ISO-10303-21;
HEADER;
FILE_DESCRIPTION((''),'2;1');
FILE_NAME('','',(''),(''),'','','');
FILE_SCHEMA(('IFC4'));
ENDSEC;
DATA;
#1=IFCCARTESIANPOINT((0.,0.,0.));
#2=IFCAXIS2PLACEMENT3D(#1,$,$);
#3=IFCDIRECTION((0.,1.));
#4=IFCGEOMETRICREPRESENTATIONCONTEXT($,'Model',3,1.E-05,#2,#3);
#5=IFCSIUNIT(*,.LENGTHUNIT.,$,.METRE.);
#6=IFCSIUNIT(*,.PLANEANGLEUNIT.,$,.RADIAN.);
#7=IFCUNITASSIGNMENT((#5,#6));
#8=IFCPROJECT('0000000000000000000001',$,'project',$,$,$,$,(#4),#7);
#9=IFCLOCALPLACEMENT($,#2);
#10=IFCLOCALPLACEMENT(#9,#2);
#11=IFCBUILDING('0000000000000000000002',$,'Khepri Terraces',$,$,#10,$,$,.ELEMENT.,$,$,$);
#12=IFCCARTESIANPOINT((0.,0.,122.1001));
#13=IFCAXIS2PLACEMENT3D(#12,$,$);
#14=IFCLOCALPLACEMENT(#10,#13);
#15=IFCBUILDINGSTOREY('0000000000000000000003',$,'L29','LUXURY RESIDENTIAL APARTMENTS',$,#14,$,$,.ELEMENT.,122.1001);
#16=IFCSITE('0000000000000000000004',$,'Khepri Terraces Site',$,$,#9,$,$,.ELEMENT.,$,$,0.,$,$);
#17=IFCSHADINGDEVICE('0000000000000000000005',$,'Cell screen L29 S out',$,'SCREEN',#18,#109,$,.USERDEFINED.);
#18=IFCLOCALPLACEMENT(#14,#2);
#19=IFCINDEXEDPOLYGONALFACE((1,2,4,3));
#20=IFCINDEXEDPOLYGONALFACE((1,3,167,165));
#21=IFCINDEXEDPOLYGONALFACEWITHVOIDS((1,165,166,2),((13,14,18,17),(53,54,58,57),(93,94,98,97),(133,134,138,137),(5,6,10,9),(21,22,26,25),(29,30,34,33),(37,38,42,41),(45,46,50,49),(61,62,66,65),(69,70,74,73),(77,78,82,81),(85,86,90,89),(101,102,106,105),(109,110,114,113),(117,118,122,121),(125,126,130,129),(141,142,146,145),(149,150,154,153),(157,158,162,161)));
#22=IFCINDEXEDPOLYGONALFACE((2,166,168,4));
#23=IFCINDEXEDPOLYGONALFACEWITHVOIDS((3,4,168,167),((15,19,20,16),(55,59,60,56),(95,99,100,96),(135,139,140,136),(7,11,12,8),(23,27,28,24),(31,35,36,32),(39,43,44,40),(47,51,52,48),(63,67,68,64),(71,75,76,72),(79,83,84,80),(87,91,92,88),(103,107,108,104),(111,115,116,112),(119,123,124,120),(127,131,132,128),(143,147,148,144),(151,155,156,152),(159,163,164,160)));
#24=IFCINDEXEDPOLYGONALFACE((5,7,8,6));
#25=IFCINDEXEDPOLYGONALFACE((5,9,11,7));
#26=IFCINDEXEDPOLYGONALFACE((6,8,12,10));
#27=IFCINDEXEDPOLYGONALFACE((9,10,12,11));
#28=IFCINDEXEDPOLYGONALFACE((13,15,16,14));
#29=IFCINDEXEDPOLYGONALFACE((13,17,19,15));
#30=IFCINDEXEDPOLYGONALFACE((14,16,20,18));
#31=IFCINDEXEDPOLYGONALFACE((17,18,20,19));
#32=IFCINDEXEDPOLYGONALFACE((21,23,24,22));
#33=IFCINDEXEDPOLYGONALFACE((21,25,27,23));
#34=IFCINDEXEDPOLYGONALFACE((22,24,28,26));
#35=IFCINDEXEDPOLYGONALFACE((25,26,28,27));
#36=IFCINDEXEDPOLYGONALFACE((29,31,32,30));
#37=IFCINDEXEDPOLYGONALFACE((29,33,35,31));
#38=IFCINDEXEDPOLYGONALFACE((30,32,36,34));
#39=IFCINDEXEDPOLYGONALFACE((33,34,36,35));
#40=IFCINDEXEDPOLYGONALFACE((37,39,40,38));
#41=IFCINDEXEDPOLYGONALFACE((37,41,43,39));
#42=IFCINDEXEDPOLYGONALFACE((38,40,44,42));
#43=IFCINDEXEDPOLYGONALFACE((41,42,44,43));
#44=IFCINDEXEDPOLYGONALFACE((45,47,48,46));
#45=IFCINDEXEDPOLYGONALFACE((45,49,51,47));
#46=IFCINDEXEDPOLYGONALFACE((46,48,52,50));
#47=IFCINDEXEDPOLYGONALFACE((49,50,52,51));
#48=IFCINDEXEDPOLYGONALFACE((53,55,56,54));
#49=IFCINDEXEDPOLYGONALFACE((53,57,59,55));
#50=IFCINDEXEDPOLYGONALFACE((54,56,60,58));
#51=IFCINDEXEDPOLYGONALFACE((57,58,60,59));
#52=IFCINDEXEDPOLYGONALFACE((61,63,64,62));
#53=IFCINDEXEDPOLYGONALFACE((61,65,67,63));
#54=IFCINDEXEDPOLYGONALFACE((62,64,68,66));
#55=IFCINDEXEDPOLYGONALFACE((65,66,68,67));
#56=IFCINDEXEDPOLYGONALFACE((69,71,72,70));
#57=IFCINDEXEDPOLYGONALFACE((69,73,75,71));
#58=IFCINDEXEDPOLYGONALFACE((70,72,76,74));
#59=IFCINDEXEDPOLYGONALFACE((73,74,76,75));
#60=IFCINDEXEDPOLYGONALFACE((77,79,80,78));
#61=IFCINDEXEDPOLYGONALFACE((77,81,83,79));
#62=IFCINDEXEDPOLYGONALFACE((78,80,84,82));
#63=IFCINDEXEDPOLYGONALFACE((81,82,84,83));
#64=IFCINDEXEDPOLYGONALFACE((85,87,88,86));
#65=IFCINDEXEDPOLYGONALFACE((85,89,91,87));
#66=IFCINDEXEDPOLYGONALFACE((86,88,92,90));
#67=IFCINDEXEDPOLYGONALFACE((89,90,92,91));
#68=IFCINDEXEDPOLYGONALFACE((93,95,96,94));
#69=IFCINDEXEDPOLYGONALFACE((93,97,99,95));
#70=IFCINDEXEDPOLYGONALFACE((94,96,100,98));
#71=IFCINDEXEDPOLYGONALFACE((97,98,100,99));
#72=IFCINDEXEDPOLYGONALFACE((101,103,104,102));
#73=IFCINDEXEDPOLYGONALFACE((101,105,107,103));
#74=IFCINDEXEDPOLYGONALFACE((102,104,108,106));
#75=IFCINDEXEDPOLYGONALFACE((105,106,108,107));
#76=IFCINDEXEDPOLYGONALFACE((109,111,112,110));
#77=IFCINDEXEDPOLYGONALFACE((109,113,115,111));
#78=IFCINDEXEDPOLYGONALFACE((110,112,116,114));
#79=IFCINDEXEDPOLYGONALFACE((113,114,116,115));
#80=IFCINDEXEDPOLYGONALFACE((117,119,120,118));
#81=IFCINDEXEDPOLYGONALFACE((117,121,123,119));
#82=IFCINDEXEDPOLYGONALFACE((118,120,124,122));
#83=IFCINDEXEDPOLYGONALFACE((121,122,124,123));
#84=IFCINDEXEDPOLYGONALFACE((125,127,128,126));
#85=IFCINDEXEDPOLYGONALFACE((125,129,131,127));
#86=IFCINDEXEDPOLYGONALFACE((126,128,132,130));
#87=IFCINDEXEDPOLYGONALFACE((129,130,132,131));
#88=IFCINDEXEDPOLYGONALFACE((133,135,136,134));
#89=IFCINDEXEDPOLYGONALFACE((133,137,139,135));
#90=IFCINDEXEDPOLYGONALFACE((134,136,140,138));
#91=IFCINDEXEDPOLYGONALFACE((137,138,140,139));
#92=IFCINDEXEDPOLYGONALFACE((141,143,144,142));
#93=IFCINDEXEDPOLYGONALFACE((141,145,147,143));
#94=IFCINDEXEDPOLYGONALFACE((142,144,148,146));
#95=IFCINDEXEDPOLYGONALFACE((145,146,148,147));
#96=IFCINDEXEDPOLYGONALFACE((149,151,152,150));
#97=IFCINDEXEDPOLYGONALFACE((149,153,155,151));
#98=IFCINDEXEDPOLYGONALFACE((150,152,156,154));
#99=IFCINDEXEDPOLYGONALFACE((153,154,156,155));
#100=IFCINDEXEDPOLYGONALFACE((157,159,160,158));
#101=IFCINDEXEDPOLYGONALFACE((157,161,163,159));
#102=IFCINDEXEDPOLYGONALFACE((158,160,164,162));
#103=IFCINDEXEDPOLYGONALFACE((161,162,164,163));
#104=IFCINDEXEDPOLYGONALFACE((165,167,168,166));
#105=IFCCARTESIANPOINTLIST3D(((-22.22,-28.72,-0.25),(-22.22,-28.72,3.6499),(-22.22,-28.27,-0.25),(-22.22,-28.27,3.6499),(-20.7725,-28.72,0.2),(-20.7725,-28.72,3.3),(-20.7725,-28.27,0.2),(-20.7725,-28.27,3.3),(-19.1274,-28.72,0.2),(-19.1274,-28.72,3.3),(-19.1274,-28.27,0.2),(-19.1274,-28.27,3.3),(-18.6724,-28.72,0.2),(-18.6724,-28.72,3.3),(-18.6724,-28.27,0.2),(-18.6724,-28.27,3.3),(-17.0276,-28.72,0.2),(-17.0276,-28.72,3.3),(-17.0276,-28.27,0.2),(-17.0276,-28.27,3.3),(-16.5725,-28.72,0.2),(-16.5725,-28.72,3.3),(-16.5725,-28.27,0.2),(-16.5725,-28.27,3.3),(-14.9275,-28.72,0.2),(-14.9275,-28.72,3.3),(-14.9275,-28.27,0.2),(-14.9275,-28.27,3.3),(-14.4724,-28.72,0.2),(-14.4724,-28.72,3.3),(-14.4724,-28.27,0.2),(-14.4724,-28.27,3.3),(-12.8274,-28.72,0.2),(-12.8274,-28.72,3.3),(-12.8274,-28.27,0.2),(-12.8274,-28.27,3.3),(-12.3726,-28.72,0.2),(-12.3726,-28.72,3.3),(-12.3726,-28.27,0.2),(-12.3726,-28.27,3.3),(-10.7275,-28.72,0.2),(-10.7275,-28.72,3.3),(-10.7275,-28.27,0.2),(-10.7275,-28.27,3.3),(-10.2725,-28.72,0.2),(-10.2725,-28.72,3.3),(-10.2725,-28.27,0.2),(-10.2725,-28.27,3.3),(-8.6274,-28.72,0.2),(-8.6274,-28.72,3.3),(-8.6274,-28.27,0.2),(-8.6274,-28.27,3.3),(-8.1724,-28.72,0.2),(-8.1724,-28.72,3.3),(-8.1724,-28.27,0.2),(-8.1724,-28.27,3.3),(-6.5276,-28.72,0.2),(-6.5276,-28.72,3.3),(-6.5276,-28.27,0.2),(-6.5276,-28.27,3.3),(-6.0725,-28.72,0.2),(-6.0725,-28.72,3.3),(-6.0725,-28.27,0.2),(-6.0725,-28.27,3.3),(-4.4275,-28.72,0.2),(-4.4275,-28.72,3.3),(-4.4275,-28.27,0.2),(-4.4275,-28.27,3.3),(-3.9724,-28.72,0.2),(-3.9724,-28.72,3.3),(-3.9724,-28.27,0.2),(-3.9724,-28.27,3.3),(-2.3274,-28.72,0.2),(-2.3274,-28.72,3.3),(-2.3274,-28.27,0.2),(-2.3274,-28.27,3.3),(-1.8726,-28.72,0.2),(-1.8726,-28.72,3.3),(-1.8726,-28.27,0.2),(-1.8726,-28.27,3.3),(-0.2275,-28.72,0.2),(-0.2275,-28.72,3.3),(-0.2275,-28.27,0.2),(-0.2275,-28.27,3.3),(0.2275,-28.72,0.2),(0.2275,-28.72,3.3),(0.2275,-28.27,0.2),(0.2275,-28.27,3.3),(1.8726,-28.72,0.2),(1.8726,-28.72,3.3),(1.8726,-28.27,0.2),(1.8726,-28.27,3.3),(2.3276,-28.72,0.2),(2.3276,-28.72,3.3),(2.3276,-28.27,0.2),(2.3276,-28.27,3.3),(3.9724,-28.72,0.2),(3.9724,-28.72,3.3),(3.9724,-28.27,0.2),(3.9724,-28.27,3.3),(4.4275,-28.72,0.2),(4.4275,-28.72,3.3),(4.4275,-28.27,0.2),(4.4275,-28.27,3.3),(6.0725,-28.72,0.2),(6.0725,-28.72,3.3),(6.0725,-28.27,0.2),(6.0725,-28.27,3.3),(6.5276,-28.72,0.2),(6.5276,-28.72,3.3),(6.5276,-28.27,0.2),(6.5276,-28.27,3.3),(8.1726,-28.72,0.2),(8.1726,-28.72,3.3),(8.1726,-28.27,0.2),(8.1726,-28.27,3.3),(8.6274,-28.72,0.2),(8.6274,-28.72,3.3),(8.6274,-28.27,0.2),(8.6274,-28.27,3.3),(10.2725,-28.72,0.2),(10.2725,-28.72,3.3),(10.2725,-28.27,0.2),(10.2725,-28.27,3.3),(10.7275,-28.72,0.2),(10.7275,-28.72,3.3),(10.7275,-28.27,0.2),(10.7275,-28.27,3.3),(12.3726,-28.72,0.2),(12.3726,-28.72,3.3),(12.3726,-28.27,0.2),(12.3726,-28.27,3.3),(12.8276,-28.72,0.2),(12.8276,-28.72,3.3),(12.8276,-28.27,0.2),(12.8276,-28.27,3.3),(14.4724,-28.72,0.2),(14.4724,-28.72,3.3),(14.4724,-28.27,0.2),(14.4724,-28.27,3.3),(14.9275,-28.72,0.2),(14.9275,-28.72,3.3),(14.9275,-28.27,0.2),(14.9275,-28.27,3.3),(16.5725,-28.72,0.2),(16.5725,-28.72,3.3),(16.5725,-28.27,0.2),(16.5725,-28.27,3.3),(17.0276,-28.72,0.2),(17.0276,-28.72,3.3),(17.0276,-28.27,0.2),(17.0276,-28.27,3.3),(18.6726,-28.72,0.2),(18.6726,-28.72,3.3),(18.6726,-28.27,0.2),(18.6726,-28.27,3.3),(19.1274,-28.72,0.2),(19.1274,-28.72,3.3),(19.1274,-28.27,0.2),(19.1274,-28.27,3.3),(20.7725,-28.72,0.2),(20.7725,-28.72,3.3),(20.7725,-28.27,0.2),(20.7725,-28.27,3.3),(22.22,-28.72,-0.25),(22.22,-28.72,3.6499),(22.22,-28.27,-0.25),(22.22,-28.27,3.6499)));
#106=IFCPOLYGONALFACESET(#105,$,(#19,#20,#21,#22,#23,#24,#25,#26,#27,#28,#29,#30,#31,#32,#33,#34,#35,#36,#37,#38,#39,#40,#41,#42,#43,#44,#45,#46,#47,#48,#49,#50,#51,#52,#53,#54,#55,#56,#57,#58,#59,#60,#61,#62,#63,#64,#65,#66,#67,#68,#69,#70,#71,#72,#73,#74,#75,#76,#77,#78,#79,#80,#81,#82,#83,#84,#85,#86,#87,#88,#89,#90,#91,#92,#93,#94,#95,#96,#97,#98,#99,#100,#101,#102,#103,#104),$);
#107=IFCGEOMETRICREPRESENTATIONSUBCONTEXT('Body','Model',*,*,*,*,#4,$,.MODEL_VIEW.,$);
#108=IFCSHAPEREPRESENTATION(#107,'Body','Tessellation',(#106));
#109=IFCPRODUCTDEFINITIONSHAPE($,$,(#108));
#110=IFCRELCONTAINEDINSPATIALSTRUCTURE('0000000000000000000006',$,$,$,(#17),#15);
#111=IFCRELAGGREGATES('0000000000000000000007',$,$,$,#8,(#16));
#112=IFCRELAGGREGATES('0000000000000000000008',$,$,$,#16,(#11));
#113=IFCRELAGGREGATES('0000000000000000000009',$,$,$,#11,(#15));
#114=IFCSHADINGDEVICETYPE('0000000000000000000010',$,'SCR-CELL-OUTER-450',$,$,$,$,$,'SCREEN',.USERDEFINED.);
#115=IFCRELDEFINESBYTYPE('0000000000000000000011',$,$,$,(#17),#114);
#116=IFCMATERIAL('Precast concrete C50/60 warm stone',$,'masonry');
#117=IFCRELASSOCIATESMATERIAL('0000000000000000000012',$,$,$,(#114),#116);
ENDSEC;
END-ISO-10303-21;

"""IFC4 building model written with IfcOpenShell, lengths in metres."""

from ifc_helpers import new_model, si_unit, direction, frame, origin, place, context, subcontext, project, spatial, polyline, outline, extrude, material, type_object, element, save


model = new_model("IFC4")

# Units and contexts
model_context = context("Model", 3, precision=1e-05, world=origin(), true_north=direction((0.0, 1.0)))
body_context = subcontext(model_context, "Body", "Model", "MODEL_VIEW")
ifc_project = project(units=[si_unit("LENGTHUNIT", "METRE"), si_unit("PLANEANGLEUNIT", "RADIAN")], contexts=[model_context])

# Site, building, storey
site_placement = place(None, origin())
site = spatial("IfcSite", under=ifc_project, at=site_placement, Name="Khepri Terraces Site", CompositionType="ELEMENT", RefElevation=0.0)
building_placement = place(site_placement, origin())
building = spatial("IfcBuilding", under=site, at=building_placement, Name="Khepri Terraces", CompositionType="ELEMENT")
storey_placement = place(building_placement, frame((0.0, 0.0, 122.1001)))
storey = spatial("IfcBuildingStorey", under=building, at=storey_placement, Name="L29", Description="LUXURY RESIDENTIAL APARTMENTS", CompositionType="ELEMENT", Elevation=122.1001)

# Shared definitions
ifc_material_1 = material(Name="Precast concrete C50/60 warm stone", Category="masonry")

# Shading device
shading_device_type_1 = type_object("IfcShadingDeviceType", Name="SCR-CELL-OUTER-450", ElementType="SCREEN", PredefinedType="USERDEFINED", material=ifc_material_1)
shading_device_1_placement = place(storey_placement, frame((-22.22, -28.27, -0.25), z_axis=(0.0, -1.0, 0.0), x_axis=(1.0, 0.0, 0.0)))
element("IfcShadingDevice", 1, at=shading_device_1_placement, inside=storey, type_object=shading_device_type_1, Name="Cell screen L29 S out", ObjectType="SCREEN", PredefinedType="USERDEFINED", context=body_context, shape_type="SweptSolid", body=[
    extrude(outline(polyline([(0.0, 0.0), (44.4399, 0.0), (44.4399, 3.8999), (0.0, 3.8999), (0.0, 0.0)]), holes=[polyline([(1.4475, 0.45), (3.0925, 0.45), (3.0925, 3.55), (1.4475, 3.55), (1.4475, 0.45)]), polyline([(3.5476, 0.45), (5.1924, 0.45), (5.1924, 3.55), (3.5476, 3.55), (3.5476, 0.45)]), polyline([(5.6475, 0.45), (7.2925, 0.45), (7.2925, 3.55), (5.6475, 3.55), (5.6475, 0.45)]), polyline([(7.7476, 0.45), (9.3926, 0.45), (9.3926, 3.55), (7.7476, 3.55), (7.7476, 0.45)]), polyline([(9.8474, 0.45), (11.4924, 0.45), (11.4924, 3.55), (9.8474, 3.55), (9.8474, 0.45)]), polyline([(11.9475, 0.45), (13.5925, 0.45), (13.5925, 3.55), (11.9475, 3.55), (11.9475, 0.45)]), polyline([(14.0476, 0.45), (15.6924, 0.45), (15.6924, 3.55), (14.0476, 3.55), (14.0476, 0.45)]), polyline([(16.1475, 0.45), (17.7925, 0.45), (17.7925, 3.55), (16.1475, 3.55), (16.1475, 0.45)]), polyline([(18.2476, 0.45), (19.8926, 0.45), (19.8926, 3.55), (18.2476, 3.55), (18.2476, 0.45)]), polyline([(20.3474, 0.45), (21.9924, 0.45), (21.9924, 3.55), (20.3474, 3.55), (20.3474, 0.45)]), polyline([(22.4475, 0.45), (24.0925, 0.45), (24.0925, 3.55), (22.4475, 3.55), (22.4475, 0.45)]), polyline([(24.5476, 0.45), (26.1924, 0.45), (26.1924, 3.55), (24.5476, 3.55), (24.5476, 0.45)]), polyline([(26.6475, 0.45), (28.2925, 0.45), (28.2925, 3.55), (26.6475, 3.55), (26.6475, 0.45)]), polyline([(28.7476, 0.45), (30.3926, 0.45), (30.3926, 3.55), (28.7476, 3.55), (28.7476, 0.45)]), polyline([(30.8474, 0.45), (32.4924, 0.45), (32.4924, 3.55), (30.8474, 3.55), (30.8474, 0.45)]), polyline([(32.9475, 0.45), (34.5925, 0.45), (34.5925, 3.55), (32.9475, 3.55), (32.9475, 0.45)]), polyline([(35.0476, 0.45), (36.6924, 0.45), (36.6924, 3.55), (35.0476, 3.55), (35.0476, 0.45)]), polyline([(37.1475, 0.45), (38.7925, 0.45), (38.7925, 3.55), (37.1475, 3.55), (37.1475, 0.45)]), polyline([(39.2476, 0.45), (40.8926, 0.45), (40.8926, 3.55), (39.2476, 3.55), (39.2476, 0.45)]), polyline([(41.3474, 0.45), (42.9924, 0.45), (42.9924, 3.55), (41.3474, 3.55), (41.3474, 0.45)])]), origin(), (0.0, 0.0, 1.0), 0.45),
])

save(model, "model.ifc")
